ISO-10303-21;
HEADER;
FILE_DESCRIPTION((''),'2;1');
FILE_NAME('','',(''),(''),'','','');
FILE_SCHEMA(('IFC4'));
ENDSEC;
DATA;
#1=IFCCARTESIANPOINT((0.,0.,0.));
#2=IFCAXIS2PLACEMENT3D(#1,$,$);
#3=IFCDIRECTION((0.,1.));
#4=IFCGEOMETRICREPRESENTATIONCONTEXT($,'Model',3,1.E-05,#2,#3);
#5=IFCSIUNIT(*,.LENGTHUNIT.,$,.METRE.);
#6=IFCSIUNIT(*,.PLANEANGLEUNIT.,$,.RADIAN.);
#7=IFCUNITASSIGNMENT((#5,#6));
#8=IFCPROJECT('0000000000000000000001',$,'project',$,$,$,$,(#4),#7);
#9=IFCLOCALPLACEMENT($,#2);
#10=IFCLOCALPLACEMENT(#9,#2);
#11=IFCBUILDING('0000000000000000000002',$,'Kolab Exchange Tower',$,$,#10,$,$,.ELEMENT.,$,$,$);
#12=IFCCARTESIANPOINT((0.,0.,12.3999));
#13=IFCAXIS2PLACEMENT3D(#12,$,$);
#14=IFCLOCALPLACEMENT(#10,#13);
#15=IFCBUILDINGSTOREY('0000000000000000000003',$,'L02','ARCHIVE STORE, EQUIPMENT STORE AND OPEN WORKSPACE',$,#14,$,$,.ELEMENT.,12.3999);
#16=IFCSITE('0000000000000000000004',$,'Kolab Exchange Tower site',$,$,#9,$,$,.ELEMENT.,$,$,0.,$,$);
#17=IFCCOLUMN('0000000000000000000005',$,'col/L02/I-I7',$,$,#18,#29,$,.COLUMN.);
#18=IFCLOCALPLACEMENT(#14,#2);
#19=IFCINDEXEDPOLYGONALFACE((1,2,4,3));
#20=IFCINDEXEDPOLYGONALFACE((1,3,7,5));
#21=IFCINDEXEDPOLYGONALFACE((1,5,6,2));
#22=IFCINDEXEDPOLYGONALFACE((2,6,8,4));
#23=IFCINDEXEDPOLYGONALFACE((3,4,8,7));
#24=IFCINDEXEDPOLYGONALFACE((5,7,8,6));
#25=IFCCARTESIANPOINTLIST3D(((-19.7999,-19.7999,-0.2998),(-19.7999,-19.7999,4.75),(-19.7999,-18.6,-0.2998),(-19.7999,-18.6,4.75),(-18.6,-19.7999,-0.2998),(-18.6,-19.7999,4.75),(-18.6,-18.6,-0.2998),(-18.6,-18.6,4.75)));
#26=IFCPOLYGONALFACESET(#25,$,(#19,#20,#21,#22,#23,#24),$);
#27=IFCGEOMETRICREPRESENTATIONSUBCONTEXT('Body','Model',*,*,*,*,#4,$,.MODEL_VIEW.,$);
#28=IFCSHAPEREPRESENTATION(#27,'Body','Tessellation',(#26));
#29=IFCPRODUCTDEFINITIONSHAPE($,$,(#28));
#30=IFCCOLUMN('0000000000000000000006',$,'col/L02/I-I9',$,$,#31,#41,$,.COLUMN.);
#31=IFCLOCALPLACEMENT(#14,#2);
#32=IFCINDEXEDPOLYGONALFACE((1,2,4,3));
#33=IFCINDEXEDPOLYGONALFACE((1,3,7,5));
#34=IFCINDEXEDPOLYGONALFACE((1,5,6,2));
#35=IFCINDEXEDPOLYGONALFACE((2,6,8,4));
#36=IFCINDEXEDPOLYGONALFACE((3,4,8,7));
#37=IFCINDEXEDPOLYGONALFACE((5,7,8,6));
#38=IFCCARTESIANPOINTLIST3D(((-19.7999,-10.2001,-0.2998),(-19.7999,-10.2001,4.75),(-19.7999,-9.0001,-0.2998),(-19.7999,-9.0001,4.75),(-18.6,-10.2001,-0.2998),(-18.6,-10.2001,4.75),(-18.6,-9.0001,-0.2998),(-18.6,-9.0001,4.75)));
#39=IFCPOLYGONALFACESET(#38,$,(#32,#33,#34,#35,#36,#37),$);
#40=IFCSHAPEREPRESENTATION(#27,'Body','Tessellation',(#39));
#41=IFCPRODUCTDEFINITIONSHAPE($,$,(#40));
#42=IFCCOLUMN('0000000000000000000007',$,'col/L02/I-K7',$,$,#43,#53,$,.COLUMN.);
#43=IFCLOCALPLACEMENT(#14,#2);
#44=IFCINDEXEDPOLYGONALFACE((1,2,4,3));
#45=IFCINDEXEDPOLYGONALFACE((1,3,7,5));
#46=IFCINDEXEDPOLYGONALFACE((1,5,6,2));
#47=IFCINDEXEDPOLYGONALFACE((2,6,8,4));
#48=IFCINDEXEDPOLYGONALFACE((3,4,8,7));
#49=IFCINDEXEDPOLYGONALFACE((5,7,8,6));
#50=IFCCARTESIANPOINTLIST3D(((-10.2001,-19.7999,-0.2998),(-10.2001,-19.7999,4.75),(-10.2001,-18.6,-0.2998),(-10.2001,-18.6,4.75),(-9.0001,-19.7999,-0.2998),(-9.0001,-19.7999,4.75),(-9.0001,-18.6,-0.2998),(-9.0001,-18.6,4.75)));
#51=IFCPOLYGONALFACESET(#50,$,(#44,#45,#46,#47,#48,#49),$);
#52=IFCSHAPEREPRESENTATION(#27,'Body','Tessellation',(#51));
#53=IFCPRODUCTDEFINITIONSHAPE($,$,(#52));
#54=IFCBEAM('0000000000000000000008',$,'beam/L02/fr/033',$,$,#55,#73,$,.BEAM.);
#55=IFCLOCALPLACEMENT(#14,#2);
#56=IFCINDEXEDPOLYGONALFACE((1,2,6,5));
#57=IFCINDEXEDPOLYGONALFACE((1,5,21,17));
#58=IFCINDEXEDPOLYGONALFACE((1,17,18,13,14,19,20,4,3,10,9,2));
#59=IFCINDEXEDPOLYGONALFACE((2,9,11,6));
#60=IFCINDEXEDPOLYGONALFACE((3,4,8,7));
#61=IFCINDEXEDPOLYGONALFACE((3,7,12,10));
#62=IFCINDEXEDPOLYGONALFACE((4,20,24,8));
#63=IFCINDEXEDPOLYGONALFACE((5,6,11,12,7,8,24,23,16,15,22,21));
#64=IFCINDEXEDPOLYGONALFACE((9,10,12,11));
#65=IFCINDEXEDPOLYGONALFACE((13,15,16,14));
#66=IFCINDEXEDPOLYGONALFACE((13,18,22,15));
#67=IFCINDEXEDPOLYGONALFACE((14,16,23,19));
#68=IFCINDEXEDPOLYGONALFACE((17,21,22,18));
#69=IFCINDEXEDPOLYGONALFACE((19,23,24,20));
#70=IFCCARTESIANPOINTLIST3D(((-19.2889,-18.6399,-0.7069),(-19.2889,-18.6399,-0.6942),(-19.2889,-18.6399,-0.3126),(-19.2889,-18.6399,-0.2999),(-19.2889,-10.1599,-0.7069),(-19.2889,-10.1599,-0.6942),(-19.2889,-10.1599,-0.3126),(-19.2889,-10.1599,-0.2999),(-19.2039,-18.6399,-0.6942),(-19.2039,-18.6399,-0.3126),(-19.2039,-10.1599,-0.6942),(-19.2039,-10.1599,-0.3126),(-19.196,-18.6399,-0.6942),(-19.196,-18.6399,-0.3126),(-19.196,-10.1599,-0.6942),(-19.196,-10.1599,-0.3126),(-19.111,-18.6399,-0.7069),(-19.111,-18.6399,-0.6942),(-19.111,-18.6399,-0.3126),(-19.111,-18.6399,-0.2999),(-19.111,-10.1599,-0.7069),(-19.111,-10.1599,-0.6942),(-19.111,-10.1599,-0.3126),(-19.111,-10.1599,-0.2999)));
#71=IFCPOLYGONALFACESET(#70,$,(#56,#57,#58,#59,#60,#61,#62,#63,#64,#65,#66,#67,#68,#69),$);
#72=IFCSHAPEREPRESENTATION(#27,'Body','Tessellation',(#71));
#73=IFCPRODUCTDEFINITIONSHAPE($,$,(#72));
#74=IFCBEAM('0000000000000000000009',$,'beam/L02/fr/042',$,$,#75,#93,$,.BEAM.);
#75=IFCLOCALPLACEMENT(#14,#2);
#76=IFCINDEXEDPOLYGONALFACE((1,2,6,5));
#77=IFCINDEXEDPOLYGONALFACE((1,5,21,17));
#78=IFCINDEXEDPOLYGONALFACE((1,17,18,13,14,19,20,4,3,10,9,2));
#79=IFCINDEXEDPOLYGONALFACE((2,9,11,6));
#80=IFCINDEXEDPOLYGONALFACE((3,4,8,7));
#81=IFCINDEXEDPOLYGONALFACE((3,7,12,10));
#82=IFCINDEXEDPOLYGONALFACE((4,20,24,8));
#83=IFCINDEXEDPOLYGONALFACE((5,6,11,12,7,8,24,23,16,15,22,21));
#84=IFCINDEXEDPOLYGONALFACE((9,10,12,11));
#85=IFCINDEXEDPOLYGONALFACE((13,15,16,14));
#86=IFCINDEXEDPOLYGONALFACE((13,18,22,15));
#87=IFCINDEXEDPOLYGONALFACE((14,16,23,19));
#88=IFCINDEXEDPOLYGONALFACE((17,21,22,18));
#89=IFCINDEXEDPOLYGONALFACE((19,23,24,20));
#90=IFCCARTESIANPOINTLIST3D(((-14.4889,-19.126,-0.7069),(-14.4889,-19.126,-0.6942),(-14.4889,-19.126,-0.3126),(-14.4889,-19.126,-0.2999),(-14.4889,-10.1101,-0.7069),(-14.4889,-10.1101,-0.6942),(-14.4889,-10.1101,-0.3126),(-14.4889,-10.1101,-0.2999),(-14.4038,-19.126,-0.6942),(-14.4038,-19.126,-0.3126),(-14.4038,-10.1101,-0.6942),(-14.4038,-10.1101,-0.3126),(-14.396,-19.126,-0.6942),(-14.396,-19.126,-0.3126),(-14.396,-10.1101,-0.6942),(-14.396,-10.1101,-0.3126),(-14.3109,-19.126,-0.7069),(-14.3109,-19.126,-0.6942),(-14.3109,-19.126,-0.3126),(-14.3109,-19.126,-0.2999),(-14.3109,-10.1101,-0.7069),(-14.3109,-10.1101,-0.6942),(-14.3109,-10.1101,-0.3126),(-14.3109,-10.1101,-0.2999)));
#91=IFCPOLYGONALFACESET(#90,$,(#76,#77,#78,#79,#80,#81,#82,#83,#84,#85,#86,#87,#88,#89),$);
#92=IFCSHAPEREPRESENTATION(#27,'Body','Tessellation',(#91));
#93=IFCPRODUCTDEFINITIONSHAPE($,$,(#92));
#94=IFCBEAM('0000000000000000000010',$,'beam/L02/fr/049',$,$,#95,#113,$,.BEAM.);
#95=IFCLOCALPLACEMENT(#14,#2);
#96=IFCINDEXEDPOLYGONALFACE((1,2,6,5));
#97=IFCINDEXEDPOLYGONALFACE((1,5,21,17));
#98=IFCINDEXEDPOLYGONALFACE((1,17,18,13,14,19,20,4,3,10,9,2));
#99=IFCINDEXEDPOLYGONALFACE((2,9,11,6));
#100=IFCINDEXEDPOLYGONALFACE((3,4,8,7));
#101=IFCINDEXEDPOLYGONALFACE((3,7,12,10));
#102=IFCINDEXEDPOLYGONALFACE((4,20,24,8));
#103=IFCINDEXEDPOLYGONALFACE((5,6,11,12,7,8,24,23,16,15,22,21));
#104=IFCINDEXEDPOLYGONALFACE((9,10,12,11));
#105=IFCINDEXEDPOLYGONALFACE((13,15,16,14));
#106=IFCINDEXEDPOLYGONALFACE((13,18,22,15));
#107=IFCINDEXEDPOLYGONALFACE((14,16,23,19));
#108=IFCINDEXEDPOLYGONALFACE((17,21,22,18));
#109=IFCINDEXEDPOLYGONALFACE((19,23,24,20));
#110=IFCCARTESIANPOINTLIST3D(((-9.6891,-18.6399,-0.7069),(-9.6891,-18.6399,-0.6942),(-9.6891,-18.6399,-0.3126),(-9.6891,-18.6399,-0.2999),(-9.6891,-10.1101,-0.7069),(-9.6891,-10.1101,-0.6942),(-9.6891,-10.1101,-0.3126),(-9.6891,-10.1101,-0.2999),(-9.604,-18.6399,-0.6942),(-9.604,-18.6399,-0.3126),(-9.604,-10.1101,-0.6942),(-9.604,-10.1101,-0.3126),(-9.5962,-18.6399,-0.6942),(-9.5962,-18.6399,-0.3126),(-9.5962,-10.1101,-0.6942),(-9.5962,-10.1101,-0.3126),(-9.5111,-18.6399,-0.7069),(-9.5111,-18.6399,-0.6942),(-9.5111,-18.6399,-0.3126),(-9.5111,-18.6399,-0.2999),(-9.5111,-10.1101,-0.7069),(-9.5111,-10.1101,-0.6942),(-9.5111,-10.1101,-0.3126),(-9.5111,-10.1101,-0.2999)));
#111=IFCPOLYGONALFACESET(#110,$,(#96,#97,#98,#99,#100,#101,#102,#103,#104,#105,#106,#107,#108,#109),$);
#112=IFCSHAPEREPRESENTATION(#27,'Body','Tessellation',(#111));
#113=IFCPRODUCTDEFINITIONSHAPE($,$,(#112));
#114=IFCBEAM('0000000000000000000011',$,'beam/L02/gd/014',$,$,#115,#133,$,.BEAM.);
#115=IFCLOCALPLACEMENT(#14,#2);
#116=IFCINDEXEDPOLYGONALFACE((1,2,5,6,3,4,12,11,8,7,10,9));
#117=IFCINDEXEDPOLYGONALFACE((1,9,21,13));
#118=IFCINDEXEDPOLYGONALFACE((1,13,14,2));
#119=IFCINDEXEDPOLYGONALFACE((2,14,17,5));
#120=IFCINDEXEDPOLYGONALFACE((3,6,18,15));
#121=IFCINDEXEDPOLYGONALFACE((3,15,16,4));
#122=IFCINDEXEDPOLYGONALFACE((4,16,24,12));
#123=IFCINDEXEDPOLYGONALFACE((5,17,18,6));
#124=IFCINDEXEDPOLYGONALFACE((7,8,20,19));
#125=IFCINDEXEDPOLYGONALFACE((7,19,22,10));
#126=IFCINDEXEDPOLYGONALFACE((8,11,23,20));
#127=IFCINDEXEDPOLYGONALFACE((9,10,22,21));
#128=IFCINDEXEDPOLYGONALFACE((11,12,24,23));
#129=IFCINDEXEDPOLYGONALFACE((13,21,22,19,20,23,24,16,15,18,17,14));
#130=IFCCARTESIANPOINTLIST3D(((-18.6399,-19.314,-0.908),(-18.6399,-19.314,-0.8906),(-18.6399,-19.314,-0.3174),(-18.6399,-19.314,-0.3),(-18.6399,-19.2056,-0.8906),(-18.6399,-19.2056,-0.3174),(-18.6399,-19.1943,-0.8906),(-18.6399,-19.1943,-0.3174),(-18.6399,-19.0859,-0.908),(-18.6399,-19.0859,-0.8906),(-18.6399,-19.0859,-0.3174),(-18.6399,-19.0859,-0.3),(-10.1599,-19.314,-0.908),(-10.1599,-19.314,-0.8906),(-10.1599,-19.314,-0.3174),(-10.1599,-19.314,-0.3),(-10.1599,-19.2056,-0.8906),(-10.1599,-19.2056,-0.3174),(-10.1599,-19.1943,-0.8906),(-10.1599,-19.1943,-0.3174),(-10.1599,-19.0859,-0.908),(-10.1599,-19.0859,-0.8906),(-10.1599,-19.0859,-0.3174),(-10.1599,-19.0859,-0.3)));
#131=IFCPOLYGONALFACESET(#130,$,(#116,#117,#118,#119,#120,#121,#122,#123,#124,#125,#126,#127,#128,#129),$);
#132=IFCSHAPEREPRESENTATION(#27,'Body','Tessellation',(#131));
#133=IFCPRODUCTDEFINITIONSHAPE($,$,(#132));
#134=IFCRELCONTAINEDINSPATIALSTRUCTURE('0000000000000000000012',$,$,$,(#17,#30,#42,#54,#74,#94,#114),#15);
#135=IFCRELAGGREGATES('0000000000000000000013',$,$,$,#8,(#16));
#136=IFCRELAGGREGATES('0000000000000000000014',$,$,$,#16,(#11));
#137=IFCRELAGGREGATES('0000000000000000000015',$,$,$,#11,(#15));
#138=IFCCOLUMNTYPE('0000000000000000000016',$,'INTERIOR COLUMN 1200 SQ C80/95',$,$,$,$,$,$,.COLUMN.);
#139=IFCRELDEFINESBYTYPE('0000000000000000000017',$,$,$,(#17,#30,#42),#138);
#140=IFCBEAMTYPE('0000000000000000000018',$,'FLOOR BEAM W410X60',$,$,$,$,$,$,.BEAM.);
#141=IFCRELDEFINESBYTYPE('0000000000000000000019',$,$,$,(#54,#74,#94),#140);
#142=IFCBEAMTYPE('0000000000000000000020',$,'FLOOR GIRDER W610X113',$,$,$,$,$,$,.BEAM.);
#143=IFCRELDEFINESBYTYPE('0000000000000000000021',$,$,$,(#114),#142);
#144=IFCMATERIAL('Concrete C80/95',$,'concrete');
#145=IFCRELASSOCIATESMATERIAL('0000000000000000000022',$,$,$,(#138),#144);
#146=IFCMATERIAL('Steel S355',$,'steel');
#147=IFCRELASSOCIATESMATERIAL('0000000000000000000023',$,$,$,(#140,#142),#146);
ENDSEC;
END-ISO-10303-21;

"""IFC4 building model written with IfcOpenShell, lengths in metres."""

from ifc_helpers import new_model, si_unit, direction, frame, origin, origin_2d, place, context, subcontext, project, spatial, rectangle, i_section, extrude, material, material_profile, profile_set, type_object, element, save


model = new_model("IFC4")

# Units and contexts
model_context = context("Model", 3, precision=1e-05, world=origin(), true_north=direction((0.0, 1.0)))
body_context = subcontext(model_context, "Body", "Model", "MODEL_VIEW")
ifc_project = project(units=[si_unit("LENGTHUNIT", "METRE"), si_unit("PLANEANGLEUNIT", "RADIAN")], contexts=[model_context])

# Site, building, storey
site_placement = place(None, origin())
site = spatial("IfcSite", under=ifc_project, at=site_placement, Name="Kolab Exchange Tower site", CompositionType="ELEMENT", RefElevation=0.0)
building_placement = place(site_placement, origin())
building = spatial("IfcBuilding", under=site, at=building_placement, Name="Kolab Exchange Tower", CompositionType="ELEMENT")
storey_placement = place(building_placement, frame((0.0, 0.0, 12.3999)))
storey = spatial("IfcBuildingStorey", under=building, at=storey_placement, Name="L02", Description="ARCHIVE STORE, EQUIPMENT STORE AND OPEN WORKSPACE", CompositionType="ELEMENT", Elevation=12.3999)

# Columns
ifc_material_1 = material(Name="Concrete C80/95", Category="concrete")
ifc_material_profile_1 = material_profile(ifc_material_1, rectangle(XDim=1.2, YDim=1.2, at=origin_2d()), Name="RC1200")
ifc_profile_set_1 = profile_set([ifc_material_profile_1], Name="Concrete C80/95")
column_type = type_object("IfcColumnType", Name="INTERIOR COLUMN 1200 SQ C80/95", PredefinedType="COLUMN", material=ifc_profile_set_1)
for number, where, z_axis, x_axis, name in (
    (1, (-19.2, -19.2, -0.2998), (0.0, 0.0, 1.0), (1.0, 0.0, 0.0), "col/L02/I-I7"),
    (2, (-19.2, -9.6001, -0.2998), (0.0, 0.0, 1.0), (1.0, 0.0, 0.0), "col/L02/I-I9"),
    (3, (-9.6001, -19.2, -0.2998), (0.0, 0.0, 1.0), (1.0, 0.0, 0.0), "col/L02/I-K7"),
):
    element("IfcColumn", number, at=place(storey_placement, frame(where, z_axis=z_axis, x_axis=x_axis)), inside=storey, type_object=column_type, Name=name, PredefinedType="COLUMN", context=body_context, shape_type="SweptSolid", body=[
        extrude(rectangle(XDim=1.2, YDim=1.2, at=origin_2d()), origin(), (0.0, 0.0, 1.0), 5.0498),
    ])

# Beams
ifc_material_2 = material(Name="Steel S355", Category="steel")
ifc_material_profile_2 = material_profile(ifc_material_2, i_section(OverallWidth=0.178, OverallDepth=0.407, WebThickness=0.0078, FlangeThickness=0.0127, at=origin_2d()), Name="W410X60")
ifc_profile_set_2 = profile_set([ifc_material_profile_2], Name="Steel S355")
beam_type_1 = type_object("IfcBeamType", Name="FLOOR BEAM W410X60", PredefinedType="BEAM", material=ifc_profile_set_2)
beam_1_placement = place(storey_placement, frame((-19.2, -18.6399, -0.5034), z_axis=(0.0, 1.0, 0.0), x_axis=(-1.0, 0.0, 0.0)))
element("IfcBeam", 4, at=beam_1_placement, inside=storey, type_object=beam_type_1, Name="beam/L02/fr/033", PredefinedType="BEAM", context=body_context, shape_type="SweptSolid", body=[
    extrude(i_section(OverallWidth=0.178, OverallDepth=0.407, WebThickness=0.0078, FlangeThickness=0.0127, at=origin_2d()), origin(), (0.0, 0.0, 1.0), 8.48),
])
beam_2_placement = place(storey_placement, frame((-14.3999, -19.126, -0.5034), z_axis=(0.0, 1.0, 0.0), x_axis=(-1.0, 0.0, 0.0)))
element("IfcBeam", 5, at=beam_2_placement, inside=storey, type_object=beam_type_1, Name="beam/L02/fr/042", PredefinedType="BEAM", context=body_context, shape_type="SweptSolid", body=[
    extrude(i_section(OverallWidth=0.178, OverallDepth=0.407, WebThickness=0.0078, FlangeThickness=0.0127, at=origin_2d()), origin(), (0.0, 0.0, 1.0), 9.0159),
])
beam_3_placement = place(storey_placement, frame((-9.6001, -18.6399, -0.5034), z_axis=(0.0, 1.0, 0.0), x_axis=(-1.0, 0.0, 0.0)))
element("IfcBeam", 6, at=beam_3_placement, inside=storey, type_object=beam_type_1, Name="beam/L02/fr/049", PredefinedType="BEAM", context=body_context, shape_type="SweptSolid", body=[
    extrude(i_section(OverallWidth=0.178, OverallDepth=0.407, WebThickness=0.0078, FlangeThickness=0.0127, at=origin_2d()), origin(), (0.0, 0.0, 1.0), 8.5298),
])
ifc_material_profile_3 = material_profile(ifc_material_2, i_section(OverallWidth=0.228, OverallDepth=0.6079, WebThickness=0.0112, FlangeThickness=0.0173, at=origin_2d()), Name="W610X113")
ifc_profile_set_3 = profile_set([ifc_material_profile_3], Name="Steel S355")
beam_type_2 = type_object("IfcBeamType", Name="FLOOR GIRDER W610X113", PredefinedType="BEAM", material=ifc_profile_set_3)
beam_4_placement = place(storey_placement, frame((-18.6399, -19.2, -0.604), z_axis=(1.0, 0.0, 0.0), x_axis=(0.0, 1.0, 0.0)))
element("IfcBeam", 7, at=beam_4_placement, inside=storey, type_object=beam_type_2, Name="beam/L02/gd/014", PredefinedType="BEAM", context=body_context, shape_type="SweptSolid", body=[
    extrude(i_section(OverallWidth=0.228, OverallDepth=0.6079, WebThickness=0.0112, FlangeThickness=0.0173, at=origin_2d()), origin(), (0.0, 0.0, 1.0), 8.48),
])

save(model, "model.ifc")
